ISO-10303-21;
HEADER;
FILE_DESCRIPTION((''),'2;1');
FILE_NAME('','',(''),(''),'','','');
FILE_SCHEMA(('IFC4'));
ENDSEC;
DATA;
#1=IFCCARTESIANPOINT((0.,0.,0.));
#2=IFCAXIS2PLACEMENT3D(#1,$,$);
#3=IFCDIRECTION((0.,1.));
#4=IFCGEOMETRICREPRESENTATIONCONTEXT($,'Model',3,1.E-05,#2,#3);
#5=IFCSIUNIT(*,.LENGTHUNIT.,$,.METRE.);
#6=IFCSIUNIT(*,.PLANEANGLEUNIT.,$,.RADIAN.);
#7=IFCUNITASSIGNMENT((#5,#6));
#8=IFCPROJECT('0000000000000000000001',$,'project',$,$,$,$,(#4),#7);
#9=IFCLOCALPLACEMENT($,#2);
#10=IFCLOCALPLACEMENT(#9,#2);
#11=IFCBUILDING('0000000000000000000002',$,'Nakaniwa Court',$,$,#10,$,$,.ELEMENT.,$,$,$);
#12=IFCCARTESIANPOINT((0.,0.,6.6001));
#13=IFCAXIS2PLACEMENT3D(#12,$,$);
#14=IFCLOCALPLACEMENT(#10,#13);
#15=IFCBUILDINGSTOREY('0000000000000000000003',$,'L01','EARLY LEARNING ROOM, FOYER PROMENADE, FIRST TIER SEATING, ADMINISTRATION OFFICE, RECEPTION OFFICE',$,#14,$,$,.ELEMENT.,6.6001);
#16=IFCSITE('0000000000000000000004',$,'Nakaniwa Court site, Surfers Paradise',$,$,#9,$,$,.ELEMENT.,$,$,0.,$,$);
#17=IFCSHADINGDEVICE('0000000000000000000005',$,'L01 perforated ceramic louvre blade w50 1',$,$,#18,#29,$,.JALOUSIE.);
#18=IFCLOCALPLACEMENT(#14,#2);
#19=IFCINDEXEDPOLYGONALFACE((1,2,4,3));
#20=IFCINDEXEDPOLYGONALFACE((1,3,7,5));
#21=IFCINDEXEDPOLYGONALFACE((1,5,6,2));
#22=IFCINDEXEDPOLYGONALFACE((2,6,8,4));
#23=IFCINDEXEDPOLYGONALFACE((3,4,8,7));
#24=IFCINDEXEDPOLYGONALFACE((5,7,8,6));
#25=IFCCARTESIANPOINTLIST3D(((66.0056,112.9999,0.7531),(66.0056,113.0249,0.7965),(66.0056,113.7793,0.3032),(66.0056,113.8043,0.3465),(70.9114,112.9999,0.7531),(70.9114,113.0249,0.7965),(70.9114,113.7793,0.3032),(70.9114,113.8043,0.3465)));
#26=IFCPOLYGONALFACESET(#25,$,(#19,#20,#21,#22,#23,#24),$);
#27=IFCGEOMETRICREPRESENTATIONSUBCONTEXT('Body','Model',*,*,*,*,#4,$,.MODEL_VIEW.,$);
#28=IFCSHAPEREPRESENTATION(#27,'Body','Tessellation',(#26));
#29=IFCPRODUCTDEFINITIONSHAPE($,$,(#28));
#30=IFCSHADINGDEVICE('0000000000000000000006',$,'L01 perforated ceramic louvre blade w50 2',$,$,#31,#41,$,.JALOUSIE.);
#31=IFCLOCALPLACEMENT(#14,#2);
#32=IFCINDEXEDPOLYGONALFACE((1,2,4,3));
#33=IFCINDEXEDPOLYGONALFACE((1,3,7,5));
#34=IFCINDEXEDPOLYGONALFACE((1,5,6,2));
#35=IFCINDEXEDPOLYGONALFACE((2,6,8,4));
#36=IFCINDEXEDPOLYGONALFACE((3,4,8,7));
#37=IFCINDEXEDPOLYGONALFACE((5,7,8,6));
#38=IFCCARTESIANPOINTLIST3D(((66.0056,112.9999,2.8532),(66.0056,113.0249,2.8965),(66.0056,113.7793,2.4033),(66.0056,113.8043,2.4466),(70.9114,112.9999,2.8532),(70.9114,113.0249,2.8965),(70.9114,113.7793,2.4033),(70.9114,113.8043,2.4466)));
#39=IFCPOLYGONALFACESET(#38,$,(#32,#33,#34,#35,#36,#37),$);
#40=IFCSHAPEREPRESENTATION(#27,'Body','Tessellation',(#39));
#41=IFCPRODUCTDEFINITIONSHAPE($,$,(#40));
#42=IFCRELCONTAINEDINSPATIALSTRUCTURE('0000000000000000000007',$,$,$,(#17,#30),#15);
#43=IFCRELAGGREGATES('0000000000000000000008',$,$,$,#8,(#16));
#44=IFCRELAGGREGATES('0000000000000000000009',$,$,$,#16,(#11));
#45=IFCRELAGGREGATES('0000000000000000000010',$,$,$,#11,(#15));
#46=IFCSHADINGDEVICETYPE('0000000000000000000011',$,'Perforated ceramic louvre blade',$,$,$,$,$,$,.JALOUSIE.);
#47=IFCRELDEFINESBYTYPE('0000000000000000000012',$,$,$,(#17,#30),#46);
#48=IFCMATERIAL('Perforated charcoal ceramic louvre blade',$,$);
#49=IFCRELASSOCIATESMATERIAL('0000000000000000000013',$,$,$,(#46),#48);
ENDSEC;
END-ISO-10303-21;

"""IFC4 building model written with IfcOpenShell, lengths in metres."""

from ifc_helpers import new_model, si_unit, direction, frame, origin, origin_2d, place, context, subcontext, project, spatial, rectangle, extrude, material, material_profile, profile_set, type_object, element, save


model = new_model("IFC4")

# Units and contexts
model_context = context("Model", 3, precision=1e-05, world=origin(), true_north=direction((0.0, 1.0)))
body_context = subcontext(model_context, "Body", "Model", "MODEL_VIEW")
ifc_project = project(units=[si_unit("LENGTHUNIT", "METRE"), si_unit("PLANEANGLEUNIT", "RADIAN")], contexts=[model_context])

# Site, building, storey
site_placement = place(None, origin())
site = spatial("IfcSite", under=ifc_project, at=site_placement, Name="Nakaniwa Court site, Surfers Paradise", CompositionType="ELEMENT", RefElevation=0.0)
building_placement = place(site_placement, origin())
building = spatial("IfcBuilding", under=site, at=building_placement, Name="Nakaniwa Court", CompositionType="ELEMENT")
storey_placement = place(building_placement, frame((0.0, 0.0, 6.6001)))
storey = spatial("IfcBuildingStorey", under=building, at=storey_placement, Name="L01", Description="EARLY LEARNING ROOM, FOYER PROMENADE, FIRST TIER SEATING, ADMINISTRATION OFFICE, RECEPTION OFFICE", CompositionType="ELEMENT", Elevation=6.6001)

# Shading devices
ifc_material_1 = material(Name="Perforated charcoal ceramic louvre blade")
ifc_material_profile_1 = material_profile(ifc_material_1, rectangle(XDim=0.8999, YDim=0.05, at=origin_2d()), Name="Perforated ceramic louvre blade")
ifc_profile_set_1 = profile_set([ifc_material_profile_1], Name="Perforated charcoal ceramic louvre blade")
shading_device_type = type_object("IfcShadingDeviceType", Name="Perforated ceramic louvre blade", PredefinedType="JALOUSIE", material=ifc_profile_set_1)
for number, where, z_axis, x_axis, name in (
    (1, (70.9114, 113.4021, 0.5498), (-1.0, 0.0, 0.0), (0.0, -0.866025, 0.5), "L01 perforated ceramic louvre blade w50 1"),
    (2, (70.9114, 113.4021, 2.6499), (-1.0, 0.0, 0.0), (0.0, -0.866025, 0.5), "L01 perforated ceramic louvre blade w50 2"),
):
    element("IfcShadingDevice", number, at=place(storey_placement, frame(where, z_axis=z_axis, x_axis=x_axis)), inside=storey, type_object=shading_device_type, Name=name, PredefinedType="JALOUSIE", context=body_context, shape_type="SweptSolid", body=[
        extrude(rectangle(XDim=0.8999, YDim=0.05, at=origin_2d()), origin(), (0.0, 0.0, 1.0), 4.9058),
    ])

save(model, "model.ifc")
